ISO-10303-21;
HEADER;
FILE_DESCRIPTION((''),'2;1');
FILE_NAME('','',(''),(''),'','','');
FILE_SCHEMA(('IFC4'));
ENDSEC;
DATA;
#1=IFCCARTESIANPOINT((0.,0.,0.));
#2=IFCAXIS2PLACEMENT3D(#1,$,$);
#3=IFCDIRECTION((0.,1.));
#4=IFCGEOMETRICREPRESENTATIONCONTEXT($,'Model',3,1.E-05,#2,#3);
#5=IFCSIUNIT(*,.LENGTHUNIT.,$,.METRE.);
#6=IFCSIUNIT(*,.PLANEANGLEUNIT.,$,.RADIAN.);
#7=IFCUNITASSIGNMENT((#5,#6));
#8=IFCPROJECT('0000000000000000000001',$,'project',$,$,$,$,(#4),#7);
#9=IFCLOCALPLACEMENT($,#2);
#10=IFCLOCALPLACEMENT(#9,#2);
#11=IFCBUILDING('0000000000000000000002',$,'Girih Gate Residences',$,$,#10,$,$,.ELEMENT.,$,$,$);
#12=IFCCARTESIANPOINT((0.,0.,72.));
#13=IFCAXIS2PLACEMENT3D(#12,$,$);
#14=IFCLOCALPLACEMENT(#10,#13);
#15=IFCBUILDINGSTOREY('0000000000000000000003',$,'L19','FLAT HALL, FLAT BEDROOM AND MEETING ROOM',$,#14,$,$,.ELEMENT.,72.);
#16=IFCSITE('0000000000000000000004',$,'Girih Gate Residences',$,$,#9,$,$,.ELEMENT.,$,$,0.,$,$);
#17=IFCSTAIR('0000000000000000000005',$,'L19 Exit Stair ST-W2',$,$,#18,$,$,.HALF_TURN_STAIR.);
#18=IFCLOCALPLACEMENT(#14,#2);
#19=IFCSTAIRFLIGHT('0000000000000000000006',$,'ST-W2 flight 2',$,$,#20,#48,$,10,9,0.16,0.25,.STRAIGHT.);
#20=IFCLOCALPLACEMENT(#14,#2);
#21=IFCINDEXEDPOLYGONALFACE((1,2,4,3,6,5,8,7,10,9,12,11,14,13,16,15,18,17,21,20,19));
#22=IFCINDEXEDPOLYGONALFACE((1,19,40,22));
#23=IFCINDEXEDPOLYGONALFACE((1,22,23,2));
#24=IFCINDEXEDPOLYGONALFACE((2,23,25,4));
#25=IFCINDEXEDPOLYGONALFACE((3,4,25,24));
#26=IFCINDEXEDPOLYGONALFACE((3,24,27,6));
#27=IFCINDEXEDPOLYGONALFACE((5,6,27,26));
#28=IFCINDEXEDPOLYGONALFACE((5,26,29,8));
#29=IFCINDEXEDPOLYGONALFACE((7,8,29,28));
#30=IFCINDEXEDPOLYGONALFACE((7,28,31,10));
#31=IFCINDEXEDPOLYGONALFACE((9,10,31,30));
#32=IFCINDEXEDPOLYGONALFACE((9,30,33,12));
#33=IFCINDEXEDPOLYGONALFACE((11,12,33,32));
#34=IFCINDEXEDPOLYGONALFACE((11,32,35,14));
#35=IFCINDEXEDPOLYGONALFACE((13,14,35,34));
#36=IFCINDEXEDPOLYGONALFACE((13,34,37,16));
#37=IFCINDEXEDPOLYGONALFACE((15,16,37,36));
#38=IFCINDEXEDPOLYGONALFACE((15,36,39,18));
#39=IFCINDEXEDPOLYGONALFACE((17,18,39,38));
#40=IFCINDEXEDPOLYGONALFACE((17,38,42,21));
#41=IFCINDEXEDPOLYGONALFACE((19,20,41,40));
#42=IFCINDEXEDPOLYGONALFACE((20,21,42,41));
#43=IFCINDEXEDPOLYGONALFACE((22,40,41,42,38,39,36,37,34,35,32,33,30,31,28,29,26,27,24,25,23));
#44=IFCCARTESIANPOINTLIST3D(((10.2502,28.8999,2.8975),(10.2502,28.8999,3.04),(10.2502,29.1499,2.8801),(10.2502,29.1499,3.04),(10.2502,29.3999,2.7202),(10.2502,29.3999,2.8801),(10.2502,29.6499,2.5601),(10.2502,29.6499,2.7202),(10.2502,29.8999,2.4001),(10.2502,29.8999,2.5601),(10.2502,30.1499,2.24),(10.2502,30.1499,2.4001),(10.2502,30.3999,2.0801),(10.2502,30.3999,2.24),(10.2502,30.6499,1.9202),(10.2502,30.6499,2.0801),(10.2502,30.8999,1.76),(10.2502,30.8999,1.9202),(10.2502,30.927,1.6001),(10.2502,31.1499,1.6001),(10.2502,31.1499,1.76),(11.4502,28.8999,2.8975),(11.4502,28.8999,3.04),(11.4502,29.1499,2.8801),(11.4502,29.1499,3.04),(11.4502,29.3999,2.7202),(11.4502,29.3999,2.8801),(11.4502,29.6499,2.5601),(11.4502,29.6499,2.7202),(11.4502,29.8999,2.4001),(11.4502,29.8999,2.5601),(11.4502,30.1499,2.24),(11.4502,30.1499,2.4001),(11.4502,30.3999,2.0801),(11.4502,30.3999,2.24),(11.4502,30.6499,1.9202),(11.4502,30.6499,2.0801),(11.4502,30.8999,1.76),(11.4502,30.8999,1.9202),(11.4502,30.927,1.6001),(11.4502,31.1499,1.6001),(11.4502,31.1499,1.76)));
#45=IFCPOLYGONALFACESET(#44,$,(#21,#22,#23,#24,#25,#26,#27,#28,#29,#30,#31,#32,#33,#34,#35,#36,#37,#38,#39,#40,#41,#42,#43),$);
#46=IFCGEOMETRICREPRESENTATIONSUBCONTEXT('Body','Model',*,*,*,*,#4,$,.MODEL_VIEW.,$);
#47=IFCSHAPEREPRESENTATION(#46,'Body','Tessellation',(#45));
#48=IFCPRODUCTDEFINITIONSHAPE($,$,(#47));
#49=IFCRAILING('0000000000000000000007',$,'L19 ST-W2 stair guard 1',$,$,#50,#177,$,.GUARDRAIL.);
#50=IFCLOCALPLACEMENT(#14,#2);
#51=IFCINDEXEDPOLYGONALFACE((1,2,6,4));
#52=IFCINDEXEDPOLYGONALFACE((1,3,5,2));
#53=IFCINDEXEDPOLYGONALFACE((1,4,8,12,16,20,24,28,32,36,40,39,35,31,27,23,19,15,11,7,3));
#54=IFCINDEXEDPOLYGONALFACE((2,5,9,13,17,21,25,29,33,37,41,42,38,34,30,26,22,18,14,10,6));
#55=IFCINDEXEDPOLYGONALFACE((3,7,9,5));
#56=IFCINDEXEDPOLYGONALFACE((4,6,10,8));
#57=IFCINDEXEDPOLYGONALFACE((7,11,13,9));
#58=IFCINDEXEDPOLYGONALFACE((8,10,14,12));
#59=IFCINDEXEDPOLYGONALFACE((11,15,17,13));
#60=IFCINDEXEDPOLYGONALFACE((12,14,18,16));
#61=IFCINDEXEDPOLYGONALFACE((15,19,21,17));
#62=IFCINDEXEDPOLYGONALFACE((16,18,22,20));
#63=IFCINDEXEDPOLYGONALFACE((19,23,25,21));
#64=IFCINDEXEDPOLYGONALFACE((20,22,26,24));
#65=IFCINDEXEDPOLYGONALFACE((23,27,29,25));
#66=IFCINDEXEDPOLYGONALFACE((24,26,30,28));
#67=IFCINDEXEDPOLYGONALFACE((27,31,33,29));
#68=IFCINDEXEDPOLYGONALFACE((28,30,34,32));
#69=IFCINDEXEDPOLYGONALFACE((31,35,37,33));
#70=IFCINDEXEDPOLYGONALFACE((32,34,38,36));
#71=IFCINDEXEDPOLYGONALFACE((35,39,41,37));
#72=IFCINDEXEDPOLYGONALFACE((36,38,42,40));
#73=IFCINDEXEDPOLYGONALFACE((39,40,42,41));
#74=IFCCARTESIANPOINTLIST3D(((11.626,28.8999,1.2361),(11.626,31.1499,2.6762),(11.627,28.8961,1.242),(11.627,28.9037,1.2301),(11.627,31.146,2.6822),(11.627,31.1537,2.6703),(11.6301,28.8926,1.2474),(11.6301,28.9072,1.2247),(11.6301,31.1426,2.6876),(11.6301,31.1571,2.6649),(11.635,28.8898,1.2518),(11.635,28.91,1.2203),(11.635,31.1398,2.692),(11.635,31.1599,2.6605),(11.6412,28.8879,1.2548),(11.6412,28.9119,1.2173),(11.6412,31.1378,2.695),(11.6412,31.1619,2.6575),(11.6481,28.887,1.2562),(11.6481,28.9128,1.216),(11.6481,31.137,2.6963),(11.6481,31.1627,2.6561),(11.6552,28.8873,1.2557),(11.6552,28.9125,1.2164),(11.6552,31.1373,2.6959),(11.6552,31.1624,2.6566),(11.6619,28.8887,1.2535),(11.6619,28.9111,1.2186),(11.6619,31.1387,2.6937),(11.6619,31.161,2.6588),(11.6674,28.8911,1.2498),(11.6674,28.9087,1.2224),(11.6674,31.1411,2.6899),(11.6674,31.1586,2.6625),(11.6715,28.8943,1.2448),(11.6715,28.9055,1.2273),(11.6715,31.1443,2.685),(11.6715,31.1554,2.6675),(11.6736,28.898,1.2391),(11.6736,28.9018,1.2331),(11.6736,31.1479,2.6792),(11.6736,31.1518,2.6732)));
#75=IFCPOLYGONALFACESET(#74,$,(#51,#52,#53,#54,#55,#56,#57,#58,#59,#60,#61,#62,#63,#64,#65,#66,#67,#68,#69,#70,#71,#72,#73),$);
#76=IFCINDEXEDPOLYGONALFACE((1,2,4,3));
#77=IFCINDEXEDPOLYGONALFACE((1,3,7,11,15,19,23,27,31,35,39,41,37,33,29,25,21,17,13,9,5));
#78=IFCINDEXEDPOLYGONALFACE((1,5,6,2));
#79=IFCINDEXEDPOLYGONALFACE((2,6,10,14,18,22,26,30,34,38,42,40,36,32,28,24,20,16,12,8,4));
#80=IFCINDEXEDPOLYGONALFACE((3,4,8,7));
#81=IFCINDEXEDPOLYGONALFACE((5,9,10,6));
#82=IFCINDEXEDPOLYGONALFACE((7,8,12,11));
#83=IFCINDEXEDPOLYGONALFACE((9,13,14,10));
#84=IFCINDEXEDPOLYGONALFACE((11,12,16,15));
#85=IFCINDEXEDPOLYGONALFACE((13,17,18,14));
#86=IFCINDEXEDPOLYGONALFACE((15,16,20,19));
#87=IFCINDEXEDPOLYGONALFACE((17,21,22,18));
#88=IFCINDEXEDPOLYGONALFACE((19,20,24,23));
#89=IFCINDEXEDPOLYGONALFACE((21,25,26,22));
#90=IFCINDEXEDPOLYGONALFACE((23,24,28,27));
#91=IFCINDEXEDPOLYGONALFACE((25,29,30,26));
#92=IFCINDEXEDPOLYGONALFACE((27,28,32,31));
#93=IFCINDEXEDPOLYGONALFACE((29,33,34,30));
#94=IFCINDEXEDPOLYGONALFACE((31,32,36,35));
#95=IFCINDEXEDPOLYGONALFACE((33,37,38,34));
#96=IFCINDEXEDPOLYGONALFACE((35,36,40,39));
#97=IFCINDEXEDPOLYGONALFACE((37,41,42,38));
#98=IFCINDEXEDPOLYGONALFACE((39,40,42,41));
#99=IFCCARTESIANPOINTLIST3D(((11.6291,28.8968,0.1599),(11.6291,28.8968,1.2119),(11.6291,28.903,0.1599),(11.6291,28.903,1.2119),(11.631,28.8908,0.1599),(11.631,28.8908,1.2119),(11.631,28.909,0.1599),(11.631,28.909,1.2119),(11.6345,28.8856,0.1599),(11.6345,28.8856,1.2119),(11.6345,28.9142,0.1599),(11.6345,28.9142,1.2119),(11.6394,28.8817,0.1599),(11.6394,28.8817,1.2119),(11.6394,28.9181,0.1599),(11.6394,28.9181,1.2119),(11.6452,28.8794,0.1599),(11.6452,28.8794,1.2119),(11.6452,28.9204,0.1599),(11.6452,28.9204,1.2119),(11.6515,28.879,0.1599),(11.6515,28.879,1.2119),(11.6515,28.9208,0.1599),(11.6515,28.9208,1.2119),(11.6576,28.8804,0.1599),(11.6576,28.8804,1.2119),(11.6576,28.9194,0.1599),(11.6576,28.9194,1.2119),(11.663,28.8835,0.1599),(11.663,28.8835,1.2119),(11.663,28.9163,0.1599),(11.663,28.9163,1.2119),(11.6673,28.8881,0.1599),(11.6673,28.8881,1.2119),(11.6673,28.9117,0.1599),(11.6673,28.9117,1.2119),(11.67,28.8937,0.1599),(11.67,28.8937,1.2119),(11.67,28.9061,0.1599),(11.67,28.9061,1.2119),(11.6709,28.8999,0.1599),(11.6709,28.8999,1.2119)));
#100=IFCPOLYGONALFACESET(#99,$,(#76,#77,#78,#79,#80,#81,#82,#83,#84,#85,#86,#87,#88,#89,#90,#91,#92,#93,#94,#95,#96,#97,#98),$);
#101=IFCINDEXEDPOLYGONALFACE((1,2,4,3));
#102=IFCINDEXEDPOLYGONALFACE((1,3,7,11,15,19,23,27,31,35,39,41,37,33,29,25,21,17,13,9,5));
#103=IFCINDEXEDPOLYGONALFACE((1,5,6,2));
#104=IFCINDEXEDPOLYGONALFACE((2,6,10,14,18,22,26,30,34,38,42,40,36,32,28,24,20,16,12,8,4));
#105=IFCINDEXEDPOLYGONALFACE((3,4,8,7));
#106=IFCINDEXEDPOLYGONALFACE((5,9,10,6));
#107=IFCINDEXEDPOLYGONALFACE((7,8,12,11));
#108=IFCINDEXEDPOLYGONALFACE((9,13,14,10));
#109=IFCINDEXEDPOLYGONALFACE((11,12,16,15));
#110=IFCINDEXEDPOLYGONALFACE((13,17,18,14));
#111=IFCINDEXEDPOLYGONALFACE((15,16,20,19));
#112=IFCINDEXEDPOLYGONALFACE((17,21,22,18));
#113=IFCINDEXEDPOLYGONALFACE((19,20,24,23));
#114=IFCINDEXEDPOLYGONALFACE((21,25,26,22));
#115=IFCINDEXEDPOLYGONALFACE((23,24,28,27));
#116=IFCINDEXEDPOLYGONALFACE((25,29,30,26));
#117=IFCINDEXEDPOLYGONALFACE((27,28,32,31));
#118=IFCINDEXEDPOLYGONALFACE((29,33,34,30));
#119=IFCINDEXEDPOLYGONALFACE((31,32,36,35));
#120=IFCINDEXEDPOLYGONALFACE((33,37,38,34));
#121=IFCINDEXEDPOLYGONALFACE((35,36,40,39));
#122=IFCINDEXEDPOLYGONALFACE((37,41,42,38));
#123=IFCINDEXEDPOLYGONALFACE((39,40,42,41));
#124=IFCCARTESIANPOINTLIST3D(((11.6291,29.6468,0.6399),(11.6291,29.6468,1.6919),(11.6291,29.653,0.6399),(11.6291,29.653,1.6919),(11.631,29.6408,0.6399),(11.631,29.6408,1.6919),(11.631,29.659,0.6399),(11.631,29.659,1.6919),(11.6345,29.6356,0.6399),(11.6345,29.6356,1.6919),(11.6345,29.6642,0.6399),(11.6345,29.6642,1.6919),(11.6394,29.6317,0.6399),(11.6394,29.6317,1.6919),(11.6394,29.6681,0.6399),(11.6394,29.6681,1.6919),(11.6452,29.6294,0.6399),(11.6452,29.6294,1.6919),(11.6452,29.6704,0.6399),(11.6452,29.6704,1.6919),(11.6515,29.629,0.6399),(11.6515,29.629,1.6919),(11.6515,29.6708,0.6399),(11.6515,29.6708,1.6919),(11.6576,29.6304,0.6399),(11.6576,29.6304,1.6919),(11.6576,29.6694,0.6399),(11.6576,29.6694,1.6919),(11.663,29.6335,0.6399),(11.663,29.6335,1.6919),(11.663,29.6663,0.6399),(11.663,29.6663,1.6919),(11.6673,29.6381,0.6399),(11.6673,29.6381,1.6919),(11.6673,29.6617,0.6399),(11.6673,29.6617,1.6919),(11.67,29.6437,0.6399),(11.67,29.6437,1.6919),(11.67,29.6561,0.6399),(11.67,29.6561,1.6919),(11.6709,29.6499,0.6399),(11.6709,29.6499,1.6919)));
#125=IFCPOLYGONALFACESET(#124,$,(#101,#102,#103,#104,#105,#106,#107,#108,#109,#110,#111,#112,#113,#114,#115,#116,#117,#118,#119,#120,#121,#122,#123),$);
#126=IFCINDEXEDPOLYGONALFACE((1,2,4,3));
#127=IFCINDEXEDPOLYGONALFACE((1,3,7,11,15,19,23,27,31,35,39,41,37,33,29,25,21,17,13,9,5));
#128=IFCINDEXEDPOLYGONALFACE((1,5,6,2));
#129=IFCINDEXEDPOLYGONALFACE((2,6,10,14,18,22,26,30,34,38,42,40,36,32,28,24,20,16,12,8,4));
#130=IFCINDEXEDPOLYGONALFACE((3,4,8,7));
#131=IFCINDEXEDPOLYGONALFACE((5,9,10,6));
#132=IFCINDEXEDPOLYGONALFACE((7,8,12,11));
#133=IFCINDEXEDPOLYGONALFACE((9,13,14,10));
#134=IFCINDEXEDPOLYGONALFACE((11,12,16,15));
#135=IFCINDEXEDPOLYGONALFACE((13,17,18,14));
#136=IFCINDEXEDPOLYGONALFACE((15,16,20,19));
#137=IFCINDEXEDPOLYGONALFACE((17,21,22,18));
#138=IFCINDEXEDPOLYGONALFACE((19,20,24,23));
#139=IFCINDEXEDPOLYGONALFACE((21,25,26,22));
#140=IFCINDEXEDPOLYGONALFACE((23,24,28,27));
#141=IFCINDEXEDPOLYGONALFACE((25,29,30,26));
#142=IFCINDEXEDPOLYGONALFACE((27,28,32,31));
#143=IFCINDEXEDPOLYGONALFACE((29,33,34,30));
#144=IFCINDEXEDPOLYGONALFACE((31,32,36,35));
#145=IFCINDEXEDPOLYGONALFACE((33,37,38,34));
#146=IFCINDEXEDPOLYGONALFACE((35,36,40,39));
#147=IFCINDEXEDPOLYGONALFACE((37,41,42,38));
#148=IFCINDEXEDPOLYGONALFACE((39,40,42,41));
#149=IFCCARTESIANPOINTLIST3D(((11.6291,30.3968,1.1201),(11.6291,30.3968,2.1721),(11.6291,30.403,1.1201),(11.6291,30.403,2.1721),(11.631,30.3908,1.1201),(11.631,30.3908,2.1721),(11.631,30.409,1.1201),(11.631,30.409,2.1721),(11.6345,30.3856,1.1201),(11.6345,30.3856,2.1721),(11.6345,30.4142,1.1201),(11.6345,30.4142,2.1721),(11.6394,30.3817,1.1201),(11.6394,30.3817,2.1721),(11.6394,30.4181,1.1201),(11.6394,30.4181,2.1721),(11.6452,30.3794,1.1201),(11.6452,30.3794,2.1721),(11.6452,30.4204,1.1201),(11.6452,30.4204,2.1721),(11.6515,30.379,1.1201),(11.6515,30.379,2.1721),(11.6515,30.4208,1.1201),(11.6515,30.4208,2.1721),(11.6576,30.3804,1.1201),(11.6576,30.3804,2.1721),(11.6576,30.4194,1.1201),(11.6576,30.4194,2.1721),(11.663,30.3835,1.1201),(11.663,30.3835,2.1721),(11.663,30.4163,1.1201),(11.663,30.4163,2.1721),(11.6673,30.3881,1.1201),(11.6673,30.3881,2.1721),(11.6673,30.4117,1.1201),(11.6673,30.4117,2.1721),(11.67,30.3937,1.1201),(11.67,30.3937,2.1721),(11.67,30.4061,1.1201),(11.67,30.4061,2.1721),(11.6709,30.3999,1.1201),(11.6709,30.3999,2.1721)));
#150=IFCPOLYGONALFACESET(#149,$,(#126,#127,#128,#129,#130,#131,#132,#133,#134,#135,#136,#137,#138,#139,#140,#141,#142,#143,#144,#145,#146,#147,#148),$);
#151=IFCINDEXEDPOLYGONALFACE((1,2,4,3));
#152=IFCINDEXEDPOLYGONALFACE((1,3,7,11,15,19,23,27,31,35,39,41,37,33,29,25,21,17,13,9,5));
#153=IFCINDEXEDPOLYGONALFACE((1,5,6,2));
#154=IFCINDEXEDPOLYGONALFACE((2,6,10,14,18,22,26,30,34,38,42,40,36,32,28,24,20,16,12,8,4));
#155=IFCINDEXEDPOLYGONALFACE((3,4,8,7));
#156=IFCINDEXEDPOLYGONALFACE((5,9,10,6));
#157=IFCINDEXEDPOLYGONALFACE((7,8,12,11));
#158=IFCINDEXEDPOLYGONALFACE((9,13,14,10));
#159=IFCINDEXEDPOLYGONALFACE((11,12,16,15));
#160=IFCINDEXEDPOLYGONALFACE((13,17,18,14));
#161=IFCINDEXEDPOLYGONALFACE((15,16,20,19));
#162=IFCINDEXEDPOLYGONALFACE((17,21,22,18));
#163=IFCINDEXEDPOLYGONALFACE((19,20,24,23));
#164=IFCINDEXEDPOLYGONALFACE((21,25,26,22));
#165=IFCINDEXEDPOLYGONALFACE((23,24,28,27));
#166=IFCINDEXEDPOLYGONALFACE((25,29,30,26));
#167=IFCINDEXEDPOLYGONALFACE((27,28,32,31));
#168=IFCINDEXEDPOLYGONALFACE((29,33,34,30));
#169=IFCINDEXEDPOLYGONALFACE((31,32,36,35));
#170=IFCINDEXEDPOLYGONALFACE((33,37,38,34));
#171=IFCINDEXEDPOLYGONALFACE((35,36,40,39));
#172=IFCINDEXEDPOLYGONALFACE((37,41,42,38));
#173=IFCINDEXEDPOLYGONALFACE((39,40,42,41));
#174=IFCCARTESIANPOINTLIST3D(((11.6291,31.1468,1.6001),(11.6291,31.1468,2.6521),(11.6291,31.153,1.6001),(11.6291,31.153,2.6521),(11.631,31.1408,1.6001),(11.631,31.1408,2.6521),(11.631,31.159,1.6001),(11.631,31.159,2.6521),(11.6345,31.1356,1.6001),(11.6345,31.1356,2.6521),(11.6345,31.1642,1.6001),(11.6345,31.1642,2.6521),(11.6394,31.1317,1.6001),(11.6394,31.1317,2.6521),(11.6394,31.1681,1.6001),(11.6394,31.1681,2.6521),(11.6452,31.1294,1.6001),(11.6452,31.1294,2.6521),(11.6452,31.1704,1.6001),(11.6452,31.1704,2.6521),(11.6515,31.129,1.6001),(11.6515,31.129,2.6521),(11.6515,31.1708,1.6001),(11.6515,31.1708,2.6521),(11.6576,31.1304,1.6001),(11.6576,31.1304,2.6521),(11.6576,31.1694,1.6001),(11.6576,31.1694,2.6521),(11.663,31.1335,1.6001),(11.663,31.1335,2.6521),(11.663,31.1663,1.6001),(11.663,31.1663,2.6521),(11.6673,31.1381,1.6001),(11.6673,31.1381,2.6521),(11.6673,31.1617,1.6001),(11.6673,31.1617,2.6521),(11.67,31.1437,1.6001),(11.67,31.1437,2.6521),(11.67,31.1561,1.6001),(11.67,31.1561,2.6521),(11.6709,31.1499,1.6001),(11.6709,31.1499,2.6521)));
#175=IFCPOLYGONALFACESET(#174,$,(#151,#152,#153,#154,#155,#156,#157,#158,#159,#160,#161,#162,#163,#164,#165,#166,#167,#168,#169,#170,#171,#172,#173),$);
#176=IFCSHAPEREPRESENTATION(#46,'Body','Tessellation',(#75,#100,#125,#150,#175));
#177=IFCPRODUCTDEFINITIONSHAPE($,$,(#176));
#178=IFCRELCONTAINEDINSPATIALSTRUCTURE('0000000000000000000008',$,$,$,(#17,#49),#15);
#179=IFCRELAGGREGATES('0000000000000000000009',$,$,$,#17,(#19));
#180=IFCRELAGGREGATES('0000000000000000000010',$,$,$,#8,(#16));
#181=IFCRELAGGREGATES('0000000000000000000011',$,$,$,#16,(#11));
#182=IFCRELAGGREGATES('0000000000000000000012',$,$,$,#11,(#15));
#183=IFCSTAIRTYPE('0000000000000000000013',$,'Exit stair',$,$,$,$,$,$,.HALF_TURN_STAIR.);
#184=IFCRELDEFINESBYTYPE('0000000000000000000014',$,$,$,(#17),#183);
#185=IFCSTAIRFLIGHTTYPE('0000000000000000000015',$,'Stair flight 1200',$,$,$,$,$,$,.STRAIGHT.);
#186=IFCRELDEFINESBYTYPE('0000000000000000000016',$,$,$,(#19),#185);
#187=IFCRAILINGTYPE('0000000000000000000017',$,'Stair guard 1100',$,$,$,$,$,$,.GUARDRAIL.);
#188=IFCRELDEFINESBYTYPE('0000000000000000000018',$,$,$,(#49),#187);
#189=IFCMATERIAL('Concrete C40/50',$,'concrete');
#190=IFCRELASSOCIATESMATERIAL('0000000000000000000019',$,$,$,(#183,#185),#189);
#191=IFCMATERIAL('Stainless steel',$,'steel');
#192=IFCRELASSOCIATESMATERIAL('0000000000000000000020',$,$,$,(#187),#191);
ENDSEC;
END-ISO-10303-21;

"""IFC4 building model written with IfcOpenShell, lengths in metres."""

from ifc_helpers import new_model, si_unit, direction, frame, origin, origin_2d, place, context, subcontext, project, spatial, polyline, circle, outline, extrude, material, type_object, element, aggregate, save


model = new_model("IFC4")

# Units and contexts
model_context = context("Model", 3, precision=1e-05, world=origin(), true_north=direction((0.0, 1.0)))
body_context = subcontext(model_context, "Body", "Model", "MODEL_VIEW")
ifc_project = project(units=[si_unit("LENGTHUNIT", "METRE"), si_unit("PLANEANGLEUNIT", "RADIAN")], contexts=[model_context])

# Site, building, storey
site_placement = place(None, origin())
site = spatial("IfcSite", under=ifc_project, at=site_placement, Name="Girih Gate Residences", CompositionType="ELEMENT", RefElevation=0.0)
building_placement = place(site_placement, origin())
building = spatial("IfcBuilding", under=site, at=building_placement, Name="Girih Gate Residences", CompositionType="ELEMENT")
storey_placement = place(building_placement, frame((0.0, 0.0, 72.0)))
storey = spatial("IfcBuildingStorey", under=building, at=storey_placement, Name="L19", Description="FLAT HALL, FLAT BEDROOM AND MEETING ROOM", CompositionType="ELEMENT", Elevation=72.0)

# Shared definitions
ifc_material_1 = material(Name="Concrete C40/50", Category="concrete")

# Stair, stair flight
stair_type = type_object("IfcStairType", Name="Exit stair", PredefinedType="HALF_TURN_STAIR", material=ifc_material_1)
stair_placement = place(storey_placement, origin())
stair = element("IfcStair", 1, at=stair_placement, inside=storey, type_object=stair_type, Name="L19 Exit Stair ST-W2", PredefinedType="HALF_TURN_STAIR")
stair_flight_type = type_object("IfcStairFlightType", Name="Stair flight 1200", PredefinedType="STRAIGHT", material=ifc_material_1)
stair_flight_1_placement = place(storey_placement, frame((10.8501, 31.1499, 1.6001), z_axis=(0.0, 0.0, 1.0), x_axis=(0.0, -1.0, 0.0)))
stair_flight_1 = element("IfcStairFlight", 2, at=stair_flight_1_placement, type_object=stair_flight_type, Name="ST-W2 flight 2", NumberOfRisers=10, NumberOfTreads=9, PredefinedType="STRAIGHT", RiserHeight=0.16, TreadLength=0.25, context=body_context, shape_type="SweptSolid", body=[
    extrude(outline(polyline([(0.0, 0.0), (0.0, 0.1599), (0.25, 0.1599), (0.25, 0.3201), (0.5, 0.3201), (0.5, 0.48), (0.75, 0.48), (0.75, 0.6399), (1.0, 0.6399), (1.0, 0.8), (1.25, 0.8), (1.25, 0.96), (1.5, 0.96), (1.5, 1.1201), (1.75, 1.1201), (1.75, 1.28), (2.0, 1.28), (2.0, 1.4399), (2.25, 1.4399), (2.25, 1.6001), (2.25, 1.2974), (0.2229, 0.0), (0.0, 0.0)])), frame((0.0, 0.6001, 0.0), z_axis=(0.0, -1.0, 0.0), x_axis=(1.0, 0.0, 0.0)), (0.0, 0.0, 1.0), 1.2),
])
aggregate(stair, [stair_flight_1])

# Railing
ifc_material_2 = material(Name="Stainless steel", Category="steel")
railing_type_1 = type_object("IfcRailingType", Name="Stair guard 1100", PredefinedType="GUARDRAIL", material=ifc_material_2)
railing_1_placement = place(storey_placement, frame((11.6499, 28.8999, 0.1599)))
element("IfcRailing", 3, at=railing_1_placement, inside=storey, type_object=railing_type_1, Name="L19 ST-W2 stair guard 1", PredefinedType="GUARDRAIL", context=body_context, shape_type="SweptSolid", body=[
    extrude(circle(Radius=0.0239, at=origin_2d()), frame((0.0, 0.0, 1.0762), z_axis=(0.0, 0.84224, 0.539103), x_axis=(-1.0, 0.0, 0.0)), (0.0, 0.0, 1.0), 2.6714),
    extrude(circle(Radius=0.021, at=origin_2d()), origin(), (0.0, 0.0, 1.0), 1.052),
    extrude(circle(Radius=0.021, at=origin_2d()), frame((0.0, 0.75, 0.48)), (0.0, 0.0, 1.0), 1.052),
    extrude(circle(Radius=0.021, at=origin_2d()), frame((0.0, 1.5, 0.9602)), (0.0, 0.0, 1.0), 1.052),
    extrude(circle(Radius=0.021, at=origin_2d()), frame((0.0, 2.25, 1.4402)), (0.0, 0.0, 1.0), 1.052),
])

save(model, "model.ifc")
